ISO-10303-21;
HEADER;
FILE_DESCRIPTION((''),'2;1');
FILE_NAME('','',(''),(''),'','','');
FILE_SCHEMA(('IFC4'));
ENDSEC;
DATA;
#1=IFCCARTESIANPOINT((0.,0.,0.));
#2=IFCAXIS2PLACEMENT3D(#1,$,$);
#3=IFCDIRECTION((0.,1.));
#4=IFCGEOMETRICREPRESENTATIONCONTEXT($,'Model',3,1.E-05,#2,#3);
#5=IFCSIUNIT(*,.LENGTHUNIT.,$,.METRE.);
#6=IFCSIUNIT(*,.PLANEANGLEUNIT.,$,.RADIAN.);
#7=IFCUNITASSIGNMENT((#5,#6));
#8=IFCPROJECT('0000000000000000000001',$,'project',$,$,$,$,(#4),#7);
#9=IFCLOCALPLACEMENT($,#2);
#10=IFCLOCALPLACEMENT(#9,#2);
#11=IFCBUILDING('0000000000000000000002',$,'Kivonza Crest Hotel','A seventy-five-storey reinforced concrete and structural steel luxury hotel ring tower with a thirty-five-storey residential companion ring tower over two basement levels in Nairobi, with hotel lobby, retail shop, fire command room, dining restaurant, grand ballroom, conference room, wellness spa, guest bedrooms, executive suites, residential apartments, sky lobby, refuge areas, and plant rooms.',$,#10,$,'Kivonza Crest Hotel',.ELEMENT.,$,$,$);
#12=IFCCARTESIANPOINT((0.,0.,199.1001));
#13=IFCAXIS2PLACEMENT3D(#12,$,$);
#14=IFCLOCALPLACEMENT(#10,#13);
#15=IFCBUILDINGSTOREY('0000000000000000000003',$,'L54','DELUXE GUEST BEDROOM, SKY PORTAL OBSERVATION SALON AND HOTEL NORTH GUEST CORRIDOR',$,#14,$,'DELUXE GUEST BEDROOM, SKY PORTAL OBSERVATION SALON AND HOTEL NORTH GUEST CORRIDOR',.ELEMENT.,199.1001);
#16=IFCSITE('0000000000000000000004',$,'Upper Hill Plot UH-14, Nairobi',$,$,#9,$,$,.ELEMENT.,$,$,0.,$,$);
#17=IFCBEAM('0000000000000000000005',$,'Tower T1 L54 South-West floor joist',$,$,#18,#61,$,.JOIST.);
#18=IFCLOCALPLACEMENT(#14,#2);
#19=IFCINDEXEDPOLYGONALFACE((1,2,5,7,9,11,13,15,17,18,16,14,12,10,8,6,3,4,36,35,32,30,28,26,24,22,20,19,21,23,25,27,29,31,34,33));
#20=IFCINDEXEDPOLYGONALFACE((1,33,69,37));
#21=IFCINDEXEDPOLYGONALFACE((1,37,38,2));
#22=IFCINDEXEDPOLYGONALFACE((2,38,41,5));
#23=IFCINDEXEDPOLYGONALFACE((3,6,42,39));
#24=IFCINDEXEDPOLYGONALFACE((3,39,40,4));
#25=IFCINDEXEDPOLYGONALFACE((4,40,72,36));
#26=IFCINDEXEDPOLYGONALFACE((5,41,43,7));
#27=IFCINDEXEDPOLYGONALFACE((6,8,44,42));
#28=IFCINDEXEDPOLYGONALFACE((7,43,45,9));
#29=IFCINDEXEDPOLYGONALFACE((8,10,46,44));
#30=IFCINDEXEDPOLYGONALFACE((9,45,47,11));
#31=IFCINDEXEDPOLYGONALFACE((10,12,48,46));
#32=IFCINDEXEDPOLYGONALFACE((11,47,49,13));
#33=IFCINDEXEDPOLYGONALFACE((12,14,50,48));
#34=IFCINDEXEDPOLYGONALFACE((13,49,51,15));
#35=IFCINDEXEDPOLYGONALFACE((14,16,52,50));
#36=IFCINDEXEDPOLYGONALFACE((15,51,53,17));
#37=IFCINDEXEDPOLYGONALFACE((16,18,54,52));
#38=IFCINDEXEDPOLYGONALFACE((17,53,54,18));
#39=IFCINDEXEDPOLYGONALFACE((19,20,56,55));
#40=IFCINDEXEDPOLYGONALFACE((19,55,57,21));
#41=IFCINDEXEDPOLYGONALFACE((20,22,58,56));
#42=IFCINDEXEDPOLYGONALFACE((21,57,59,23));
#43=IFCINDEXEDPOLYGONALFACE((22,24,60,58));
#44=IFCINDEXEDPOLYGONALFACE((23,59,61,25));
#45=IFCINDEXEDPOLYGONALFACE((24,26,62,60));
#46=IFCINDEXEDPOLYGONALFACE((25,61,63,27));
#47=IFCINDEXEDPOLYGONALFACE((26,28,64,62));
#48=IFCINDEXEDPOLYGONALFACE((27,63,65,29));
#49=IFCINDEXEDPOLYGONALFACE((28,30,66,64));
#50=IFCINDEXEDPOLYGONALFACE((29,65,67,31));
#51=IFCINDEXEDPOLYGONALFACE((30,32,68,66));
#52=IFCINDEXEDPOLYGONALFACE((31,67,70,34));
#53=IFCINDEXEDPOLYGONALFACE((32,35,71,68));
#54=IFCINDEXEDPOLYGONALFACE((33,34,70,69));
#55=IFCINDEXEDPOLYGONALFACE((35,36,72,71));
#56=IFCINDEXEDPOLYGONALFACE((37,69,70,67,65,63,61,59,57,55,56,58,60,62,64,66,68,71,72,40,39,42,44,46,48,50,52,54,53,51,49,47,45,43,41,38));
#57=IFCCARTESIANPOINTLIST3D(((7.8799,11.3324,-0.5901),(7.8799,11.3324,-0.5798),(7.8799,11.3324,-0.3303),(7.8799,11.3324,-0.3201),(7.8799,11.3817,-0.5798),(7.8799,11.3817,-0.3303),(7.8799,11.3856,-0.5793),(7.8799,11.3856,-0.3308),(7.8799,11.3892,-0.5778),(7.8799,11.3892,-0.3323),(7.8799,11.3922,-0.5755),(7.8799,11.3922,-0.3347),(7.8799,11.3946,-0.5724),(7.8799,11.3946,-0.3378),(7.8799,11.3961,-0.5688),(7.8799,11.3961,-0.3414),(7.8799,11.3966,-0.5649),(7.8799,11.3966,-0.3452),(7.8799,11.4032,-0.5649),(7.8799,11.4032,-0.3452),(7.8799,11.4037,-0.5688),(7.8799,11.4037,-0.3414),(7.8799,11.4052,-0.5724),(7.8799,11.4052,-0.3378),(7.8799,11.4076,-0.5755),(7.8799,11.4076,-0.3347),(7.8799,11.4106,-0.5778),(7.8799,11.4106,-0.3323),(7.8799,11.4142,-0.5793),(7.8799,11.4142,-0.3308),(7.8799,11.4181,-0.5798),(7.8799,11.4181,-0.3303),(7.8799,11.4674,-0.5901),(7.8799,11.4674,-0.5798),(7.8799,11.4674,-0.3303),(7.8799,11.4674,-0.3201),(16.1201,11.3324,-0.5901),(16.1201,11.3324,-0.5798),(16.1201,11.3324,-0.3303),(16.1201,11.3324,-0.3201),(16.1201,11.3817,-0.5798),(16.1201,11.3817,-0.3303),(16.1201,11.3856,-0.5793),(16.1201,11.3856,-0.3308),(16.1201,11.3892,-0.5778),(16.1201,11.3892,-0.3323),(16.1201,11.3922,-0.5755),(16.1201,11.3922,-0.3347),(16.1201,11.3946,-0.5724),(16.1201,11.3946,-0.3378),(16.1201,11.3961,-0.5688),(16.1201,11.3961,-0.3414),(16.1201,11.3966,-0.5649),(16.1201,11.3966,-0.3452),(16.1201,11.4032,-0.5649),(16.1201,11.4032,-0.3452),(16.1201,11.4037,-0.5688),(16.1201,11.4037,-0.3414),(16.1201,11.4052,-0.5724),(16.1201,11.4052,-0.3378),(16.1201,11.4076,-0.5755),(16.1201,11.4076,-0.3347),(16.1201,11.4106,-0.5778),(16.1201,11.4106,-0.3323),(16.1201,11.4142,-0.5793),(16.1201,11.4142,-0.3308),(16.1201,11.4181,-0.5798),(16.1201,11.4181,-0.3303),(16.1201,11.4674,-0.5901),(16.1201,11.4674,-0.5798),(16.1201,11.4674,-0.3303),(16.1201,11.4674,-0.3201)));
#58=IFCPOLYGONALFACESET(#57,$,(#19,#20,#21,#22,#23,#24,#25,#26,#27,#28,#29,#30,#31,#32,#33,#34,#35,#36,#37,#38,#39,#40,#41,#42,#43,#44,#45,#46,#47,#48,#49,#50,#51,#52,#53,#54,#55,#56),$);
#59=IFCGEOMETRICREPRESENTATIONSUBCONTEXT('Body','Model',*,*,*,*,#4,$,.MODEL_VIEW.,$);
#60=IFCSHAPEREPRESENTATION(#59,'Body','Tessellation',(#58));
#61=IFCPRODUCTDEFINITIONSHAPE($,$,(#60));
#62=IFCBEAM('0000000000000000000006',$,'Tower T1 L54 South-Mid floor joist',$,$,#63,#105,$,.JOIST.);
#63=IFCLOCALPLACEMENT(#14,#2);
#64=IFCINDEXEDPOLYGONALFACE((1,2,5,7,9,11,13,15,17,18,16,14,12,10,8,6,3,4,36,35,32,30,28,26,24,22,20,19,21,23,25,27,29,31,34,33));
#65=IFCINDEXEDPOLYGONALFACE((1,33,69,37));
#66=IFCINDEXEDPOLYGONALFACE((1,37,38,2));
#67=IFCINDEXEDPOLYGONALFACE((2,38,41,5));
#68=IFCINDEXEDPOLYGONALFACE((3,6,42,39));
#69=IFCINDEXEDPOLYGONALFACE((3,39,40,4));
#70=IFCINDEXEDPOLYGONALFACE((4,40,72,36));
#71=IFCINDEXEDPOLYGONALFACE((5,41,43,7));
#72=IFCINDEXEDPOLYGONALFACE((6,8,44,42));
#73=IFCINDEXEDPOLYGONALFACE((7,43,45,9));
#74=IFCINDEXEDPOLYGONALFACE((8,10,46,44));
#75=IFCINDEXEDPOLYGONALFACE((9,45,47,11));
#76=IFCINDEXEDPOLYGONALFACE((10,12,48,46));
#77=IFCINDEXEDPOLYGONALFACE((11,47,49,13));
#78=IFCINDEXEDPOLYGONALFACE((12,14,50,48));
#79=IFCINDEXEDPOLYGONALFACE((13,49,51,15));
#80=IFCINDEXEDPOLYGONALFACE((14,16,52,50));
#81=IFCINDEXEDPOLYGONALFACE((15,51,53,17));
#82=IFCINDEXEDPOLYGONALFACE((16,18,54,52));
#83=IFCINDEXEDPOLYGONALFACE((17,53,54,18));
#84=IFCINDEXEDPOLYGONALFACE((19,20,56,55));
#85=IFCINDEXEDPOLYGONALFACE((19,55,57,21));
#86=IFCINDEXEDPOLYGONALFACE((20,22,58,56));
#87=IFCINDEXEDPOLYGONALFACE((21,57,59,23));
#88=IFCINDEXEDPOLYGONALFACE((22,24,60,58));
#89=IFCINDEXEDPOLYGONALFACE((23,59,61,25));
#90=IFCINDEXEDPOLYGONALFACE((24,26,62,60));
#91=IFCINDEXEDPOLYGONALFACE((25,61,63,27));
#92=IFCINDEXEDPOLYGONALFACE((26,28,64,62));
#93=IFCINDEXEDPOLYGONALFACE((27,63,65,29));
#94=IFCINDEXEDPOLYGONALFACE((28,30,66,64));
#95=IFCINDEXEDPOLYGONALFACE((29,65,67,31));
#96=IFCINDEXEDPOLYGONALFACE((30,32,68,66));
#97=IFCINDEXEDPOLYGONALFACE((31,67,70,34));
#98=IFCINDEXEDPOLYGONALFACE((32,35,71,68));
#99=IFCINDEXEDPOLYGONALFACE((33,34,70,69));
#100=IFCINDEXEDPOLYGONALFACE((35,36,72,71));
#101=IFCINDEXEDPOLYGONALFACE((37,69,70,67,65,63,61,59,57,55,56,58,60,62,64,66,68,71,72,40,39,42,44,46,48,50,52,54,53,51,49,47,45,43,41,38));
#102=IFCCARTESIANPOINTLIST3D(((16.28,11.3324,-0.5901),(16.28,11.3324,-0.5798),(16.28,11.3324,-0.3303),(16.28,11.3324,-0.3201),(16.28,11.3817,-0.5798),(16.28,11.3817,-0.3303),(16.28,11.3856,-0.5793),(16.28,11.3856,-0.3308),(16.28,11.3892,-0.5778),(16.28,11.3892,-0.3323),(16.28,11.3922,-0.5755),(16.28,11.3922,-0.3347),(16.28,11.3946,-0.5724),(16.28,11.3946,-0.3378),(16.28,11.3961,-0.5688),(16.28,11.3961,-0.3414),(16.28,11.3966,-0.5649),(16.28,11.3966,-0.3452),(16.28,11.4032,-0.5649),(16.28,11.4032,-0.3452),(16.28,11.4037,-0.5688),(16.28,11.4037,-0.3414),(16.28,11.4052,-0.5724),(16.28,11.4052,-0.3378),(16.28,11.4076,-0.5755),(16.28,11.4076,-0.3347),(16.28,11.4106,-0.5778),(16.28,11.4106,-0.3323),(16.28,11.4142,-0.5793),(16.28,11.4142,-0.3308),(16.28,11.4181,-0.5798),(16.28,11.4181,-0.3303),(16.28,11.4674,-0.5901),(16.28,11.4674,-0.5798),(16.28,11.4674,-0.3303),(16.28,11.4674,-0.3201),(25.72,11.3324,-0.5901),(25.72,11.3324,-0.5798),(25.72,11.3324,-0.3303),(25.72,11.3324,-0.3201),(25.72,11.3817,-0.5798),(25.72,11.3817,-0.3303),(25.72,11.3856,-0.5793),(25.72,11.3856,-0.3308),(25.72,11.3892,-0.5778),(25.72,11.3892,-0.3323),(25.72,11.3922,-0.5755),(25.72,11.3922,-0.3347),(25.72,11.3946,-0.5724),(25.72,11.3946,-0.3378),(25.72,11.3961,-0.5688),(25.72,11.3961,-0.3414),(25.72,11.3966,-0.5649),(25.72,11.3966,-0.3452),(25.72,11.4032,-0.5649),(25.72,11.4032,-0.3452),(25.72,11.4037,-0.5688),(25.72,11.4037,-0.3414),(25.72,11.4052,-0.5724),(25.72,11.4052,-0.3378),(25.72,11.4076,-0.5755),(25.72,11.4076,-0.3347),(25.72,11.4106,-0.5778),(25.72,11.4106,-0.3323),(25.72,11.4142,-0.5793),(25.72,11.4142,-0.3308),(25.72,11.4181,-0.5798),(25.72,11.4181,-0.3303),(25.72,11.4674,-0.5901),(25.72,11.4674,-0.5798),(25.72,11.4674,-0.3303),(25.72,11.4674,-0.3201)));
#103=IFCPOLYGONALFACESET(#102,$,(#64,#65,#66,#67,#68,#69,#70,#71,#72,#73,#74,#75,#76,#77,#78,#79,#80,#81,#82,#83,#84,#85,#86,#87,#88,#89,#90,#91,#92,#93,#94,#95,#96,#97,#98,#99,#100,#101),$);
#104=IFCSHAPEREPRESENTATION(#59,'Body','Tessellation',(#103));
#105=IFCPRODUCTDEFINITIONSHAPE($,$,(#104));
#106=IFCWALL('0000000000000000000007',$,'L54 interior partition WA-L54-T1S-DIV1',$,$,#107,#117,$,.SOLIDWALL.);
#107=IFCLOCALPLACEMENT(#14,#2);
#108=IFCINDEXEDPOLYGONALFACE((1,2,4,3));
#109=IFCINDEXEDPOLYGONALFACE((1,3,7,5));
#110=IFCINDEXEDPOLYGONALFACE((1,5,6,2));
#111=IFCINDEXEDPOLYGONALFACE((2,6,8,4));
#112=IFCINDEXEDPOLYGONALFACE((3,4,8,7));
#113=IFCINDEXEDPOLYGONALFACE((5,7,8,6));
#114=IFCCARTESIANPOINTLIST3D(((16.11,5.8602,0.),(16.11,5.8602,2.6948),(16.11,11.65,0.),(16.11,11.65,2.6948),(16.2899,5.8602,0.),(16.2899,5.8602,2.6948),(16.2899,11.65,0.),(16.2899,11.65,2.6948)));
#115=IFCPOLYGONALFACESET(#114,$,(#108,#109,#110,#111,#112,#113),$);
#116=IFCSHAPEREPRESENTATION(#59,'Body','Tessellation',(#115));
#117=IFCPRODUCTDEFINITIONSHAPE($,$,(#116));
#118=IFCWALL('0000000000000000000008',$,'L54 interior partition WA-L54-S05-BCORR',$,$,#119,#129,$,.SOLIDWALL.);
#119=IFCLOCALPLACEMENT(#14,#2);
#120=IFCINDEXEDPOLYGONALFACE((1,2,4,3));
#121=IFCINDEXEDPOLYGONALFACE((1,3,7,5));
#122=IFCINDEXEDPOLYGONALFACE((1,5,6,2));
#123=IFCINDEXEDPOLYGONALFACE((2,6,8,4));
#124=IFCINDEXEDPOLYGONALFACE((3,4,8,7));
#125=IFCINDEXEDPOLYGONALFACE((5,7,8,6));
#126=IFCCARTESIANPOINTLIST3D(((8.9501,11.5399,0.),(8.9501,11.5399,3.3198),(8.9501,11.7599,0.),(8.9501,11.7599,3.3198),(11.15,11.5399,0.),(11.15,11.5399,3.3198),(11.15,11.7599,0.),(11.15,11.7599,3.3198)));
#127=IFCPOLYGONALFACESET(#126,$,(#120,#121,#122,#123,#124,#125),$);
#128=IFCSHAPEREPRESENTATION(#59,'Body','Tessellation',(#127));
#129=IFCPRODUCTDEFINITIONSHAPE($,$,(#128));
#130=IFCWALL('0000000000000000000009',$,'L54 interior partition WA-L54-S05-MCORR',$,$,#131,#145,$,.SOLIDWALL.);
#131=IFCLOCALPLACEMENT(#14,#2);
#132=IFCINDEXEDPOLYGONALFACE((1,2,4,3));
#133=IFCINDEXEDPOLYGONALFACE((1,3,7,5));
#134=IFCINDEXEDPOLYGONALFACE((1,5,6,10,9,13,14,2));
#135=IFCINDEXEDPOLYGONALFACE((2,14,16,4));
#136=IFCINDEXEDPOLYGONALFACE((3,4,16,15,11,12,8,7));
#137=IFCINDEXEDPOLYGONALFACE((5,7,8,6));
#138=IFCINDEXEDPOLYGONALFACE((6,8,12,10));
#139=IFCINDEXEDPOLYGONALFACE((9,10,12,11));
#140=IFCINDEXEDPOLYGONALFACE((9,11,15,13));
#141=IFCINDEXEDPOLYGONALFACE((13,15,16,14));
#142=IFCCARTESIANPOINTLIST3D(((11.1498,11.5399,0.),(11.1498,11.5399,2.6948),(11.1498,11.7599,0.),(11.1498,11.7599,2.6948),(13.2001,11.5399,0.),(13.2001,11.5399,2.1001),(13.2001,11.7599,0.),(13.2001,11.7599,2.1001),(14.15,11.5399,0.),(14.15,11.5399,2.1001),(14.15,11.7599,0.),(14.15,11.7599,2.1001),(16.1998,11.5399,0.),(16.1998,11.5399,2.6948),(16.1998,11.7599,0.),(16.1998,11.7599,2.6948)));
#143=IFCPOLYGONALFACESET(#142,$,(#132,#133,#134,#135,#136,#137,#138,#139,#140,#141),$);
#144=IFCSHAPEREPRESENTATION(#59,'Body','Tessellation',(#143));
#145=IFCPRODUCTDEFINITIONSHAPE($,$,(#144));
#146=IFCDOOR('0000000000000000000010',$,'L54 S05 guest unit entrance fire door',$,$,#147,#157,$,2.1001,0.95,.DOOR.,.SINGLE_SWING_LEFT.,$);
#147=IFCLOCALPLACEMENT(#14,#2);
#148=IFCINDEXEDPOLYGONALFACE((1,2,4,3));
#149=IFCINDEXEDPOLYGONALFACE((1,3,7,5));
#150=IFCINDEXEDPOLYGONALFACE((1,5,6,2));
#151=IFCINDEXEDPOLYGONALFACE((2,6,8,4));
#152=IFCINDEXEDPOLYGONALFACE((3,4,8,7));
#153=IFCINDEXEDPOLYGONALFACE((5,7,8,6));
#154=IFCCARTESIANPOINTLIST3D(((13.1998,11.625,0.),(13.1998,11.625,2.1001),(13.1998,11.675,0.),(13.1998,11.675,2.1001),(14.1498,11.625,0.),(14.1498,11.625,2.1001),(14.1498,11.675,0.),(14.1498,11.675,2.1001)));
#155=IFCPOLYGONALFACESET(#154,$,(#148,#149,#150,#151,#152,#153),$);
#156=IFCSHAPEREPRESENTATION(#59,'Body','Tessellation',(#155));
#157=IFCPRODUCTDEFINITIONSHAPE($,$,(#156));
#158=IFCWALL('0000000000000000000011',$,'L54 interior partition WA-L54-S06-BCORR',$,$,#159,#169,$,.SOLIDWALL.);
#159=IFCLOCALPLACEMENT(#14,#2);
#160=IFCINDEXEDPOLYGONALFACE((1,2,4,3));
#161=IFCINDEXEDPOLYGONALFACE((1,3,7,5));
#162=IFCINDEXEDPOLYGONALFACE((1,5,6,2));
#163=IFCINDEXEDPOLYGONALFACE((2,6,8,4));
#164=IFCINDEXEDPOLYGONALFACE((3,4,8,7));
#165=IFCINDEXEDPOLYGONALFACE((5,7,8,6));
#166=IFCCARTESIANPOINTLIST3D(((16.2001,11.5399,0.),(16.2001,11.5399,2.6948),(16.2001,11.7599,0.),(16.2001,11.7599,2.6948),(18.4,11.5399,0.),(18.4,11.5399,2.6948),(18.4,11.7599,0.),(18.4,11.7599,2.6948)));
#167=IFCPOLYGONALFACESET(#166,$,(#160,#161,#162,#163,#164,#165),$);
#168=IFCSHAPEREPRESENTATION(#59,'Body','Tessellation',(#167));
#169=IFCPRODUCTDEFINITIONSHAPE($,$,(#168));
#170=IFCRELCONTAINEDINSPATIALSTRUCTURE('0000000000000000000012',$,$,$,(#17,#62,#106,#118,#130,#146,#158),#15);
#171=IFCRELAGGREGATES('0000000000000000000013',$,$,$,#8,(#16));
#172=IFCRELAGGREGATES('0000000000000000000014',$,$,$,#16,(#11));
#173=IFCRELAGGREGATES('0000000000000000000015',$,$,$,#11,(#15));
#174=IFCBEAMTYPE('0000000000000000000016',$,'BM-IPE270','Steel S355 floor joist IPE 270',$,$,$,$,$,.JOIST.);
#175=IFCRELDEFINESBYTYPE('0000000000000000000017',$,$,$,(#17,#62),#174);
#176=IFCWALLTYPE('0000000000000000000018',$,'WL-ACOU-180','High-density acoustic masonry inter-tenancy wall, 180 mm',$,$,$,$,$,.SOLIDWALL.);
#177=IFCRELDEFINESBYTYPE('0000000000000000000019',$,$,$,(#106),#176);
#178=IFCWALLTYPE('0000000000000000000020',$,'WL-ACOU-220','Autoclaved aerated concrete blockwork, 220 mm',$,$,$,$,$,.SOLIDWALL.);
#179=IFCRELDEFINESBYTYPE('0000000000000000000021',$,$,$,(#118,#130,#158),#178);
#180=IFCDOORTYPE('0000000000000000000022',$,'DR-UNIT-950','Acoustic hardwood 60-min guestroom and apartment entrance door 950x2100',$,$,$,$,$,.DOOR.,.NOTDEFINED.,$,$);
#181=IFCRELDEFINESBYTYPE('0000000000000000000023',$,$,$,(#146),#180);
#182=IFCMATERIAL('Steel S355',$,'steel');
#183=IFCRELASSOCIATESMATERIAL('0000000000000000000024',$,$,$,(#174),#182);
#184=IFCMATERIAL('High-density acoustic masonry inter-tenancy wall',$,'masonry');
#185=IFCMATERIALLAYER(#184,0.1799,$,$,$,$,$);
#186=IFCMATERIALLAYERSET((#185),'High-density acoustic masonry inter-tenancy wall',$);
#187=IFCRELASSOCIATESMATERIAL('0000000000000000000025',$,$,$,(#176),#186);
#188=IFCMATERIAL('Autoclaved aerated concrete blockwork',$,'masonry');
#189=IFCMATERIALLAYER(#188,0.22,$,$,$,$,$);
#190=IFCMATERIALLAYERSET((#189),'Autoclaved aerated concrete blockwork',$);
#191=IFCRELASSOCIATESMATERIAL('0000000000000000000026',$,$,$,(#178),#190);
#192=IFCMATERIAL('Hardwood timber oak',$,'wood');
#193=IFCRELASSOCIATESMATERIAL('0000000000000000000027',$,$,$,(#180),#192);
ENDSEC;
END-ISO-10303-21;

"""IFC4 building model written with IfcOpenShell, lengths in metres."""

from ifc_helpers import new_model, si_unit, direction, frame, frame_2d, origin, origin_2d, place, context, subcontext, project, spatial, rectangle, i_section, extrude, material, layer, layer_set, material_profile, profile_set, type_object, element, fill, save


model = new_model("IFC4")

# Units and contexts
model_context = context("Model", 3, precision=1e-05, world=origin(), true_north=direction((0.0, 1.0)))
body_context = subcontext(model_context, "Body", "Model", "MODEL_VIEW")
ifc_project = project(units=[si_unit("LENGTHUNIT", "METRE"), si_unit("PLANEANGLEUNIT", "RADIAN")], contexts=[model_context])

# Site, building, storey
site_placement = place(None, origin())
site = spatial("IfcSite", under=ifc_project, at=site_placement, Name="Upper Hill Plot UH-14, Nairobi", CompositionType="ELEMENT", RefElevation=0.0)
building_placement = place(site_placement, origin())
building = spatial("IfcBuilding", under=site, at=building_placement, Name="Kivonza Crest Hotel", Description="A seventy-five-storey reinforced concrete and structural steel luxury hotel ring tower with a thirty-five-storey residential companion ring tower over two basement levels in Nairobi, with hotel lobby, retail shop, fire command room, dining restaurant, grand ballroom, conference room, wellness spa, guest bedrooms, executive suites, residential apartments, sky lobby, refuge areas, and plant rooms.", LongName="Kivonza Crest Hotel", CompositionType="ELEMENT")
storey_placement = place(building_placement, frame((0.0, 0.0, 199.1001)))
storey = spatial("IfcBuildingStorey", under=building, at=storey_placement, Name="L54", Description="DELUXE GUEST BEDROOM, SKY PORTAL OBSERVATION SALON AND HOTEL NORTH GUEST CORRIDOR", LongName="DELUXE GUEST BEDROOM, SKY PORTAL OBSERVATION SALON AND HOTEL NORTH GUEST CORRIDOR", CompositionType="ELEMENT", Elevation=199.1001)

# Beams
ifc_material_1 = material(Name="Steel S355", Category="steel")
ifc_material_profile_1 = material_profile(ifc_material_1, i_section(OverallWidth=0.135, OverallDepth=0.27, WebThickness=0.0066, FlangeThickness=0.0103, FilletRadius=0.0149, at=origin_2d()), Name="IPE 270")
ifc_profile_set_1 = profile_set([ifc_material_profile_1], Name="Steel S355")
beam_type_1 = type_object("IfcBeamType", Name="BM-IPE270", Description="Steel S355 floor joist IPE 270", PredefinedType="JOIST", material=ifc_profile_set_1)
beam_1_placement = place(storey_placement, frame((7.8799, 11.3999, -0.4551), z_axis=(1.0, 0.0, 0.0), x_axis=(0.0, 1.0, 0.0)))
element("IfcBeam", 1, at=beam_1_placement, inside=storey, type_object=beam_type_1, Name="Tower T1 L54 South-West floor joist", PredefinedType="JOIST", context=body_context, shape_type="SweptSolid", body=[
    extrude(i_section(OverallWidth=0.135, OverallDepth=0.27, WebThickness=0.0066, FlangeThickness=0.0103, FilletRadius=0.0149, at=origin_2d()), origin(), (0.0, 0.0, 1.0), 8.2402),
])
beam_2_placement = place(storey_placement, frame((16.28, 11.3999, -0.4551), z_axis=(1.0, 0.0, 0.0), x_axis=(0.0, 1.0, 0.0)))
element("IfcBeam", 2, at=beam_2_placement, inside=storey, type_object=beam_type_1, Name="Tower T1 L54 South-Mid floor joist", PredefinedType="JOIST", context=body_context, shape_type="SweptSolid", body=[
    extrude(i_section(OverallWidth=0.135, OverallDepth=0.27, WebThickness=0.0066, FlangeThickness=0.0103, FilletRadius=0.0149, at=origin_2d()), origin(), (0.0, 0.0, 1.0), 9.4399),
])

# Walls
ifc_material_2 = material(Name="High-density acoustic masonry inter-tenancy wall", Category="masonry")
ifc_layer_1 = layer(ifc_material_2, 0.1799)
ifc_layer_set_1 = layer_set([ifc_layer_1], Name="High-density acoustic masonry inter-tenancy wall")
wall_type_1 = type_object("IfcWallType", Name="WL-ACOU-180", Description="High-density acoustic masonry inter-tenancy wall, 180 mm", PredefinedType="SOLIDWALL", material=ifc_layer_set_1)
wall_1_placement = place(storey_placement, frame((16.2, 5.8601, 0.0), z_axis=(0.0, 0.0, 1.0), x_axis=(0.0, 1.0, 0.0)))
element("IfcWall", 3, at=wall_1_placement, inside=storey, type_object=wall_type_1, Name="L54 interior partition WA-L54-T1S-DIV1", PredefinedType="SOLIDWALL", context=body_context, shape_type="SweptSolid", body=[
    extrude(rectangle(XDim=5.7898, YDim=0.1799, at=frame_2d((2.895, 0.0))), origin(), (0.0, 0.0, 1.0), 2.6948),
])
ifc_material_3 = material(Name="Autoclaved aerated concrete blockwork", Category="masonry")
ifc_layer_2 = layer(ifc_material_3, 0.22)
ifc_layer_set_2 = layer_set([ifc_layer_2], Name="Autoclaved aerated concrete blockwork")
wall_type_2 = type_object("IfcWallType", Name="WL-ACOU-220", Description="Autoclaved aerated concrete blockwork, 220 mm", PredefinedType="SOLIDWALL", material=ifc_layer_set_2)
wall_2_placement = place(storey_placement, frame((8.95, 11.6499, 0.0), z_axis=(0.0, 0.0, 1.0), x_axis=(1.0, 0.0, 0.0)))
element("IfcWall", 4, at=wall_2_placement, inside=storey, type_object=wall_type_2, Name="L54 interior partition WA-L54-S05-BCORR", PredefinedType="SOLIDWALL", context=body_context, shape_type="SweptSolid", body=[
    extrude(rectangle(XDim=2.2, YDim=0.22, at=frame_2d((1.1001, 0.0))), origin(), (0.0, 0.0, 1.0), 3.3198),
])

# Wall, opening, door
wall_3_placement = place(storey_placement, frame((11.1499, 11.6499, 0.0), z_axis=(0.0, 0.0, 1.0), x_axis=(1.0, 0.0, 0.0)))
wall_3 = element("IfcWall", 5, at=wall_3_placement, inside=storey, type_object=wall_type_2, Name="L54 interior partition WA-L54-S05-MCORR", PredefinedType="SOLIDWALL", context=body_context, shape_type="SweptSolid", body=[
    extrude(rectangle(XDim=5.05, YDim=0.22, at=frame_2d((2.5249, 0.0))), origin(), (0.0, 0.0, 1.0), 2.6948),
])
opening_1_placement = place(wall_3_placement, frame((2.05, 0.0, 0.0)))
opening_1 = element("IfcOpeningElement", 6, at=opening_1_placement, cuts=wall_3, PredefinedType="OPENING", context=body_context, shape_type="SweptSolid", body=[
    extrude(rectangle(XDim=0.95, YDim=2.1001, at=frame_2d((0.4751, 1.05))), frame((0.0, 0.1201, 0.0), z_axis=(0.0, -1.0, 0.0), x_axis=(1.0, 0.0, 0.0)), (0.0, 0.0, 1.0), 0.24),
])
ifc_material_4 = material(Name="Hardwood timber oak", Category="wood")
door_type_1 = type_object("IfcDoorType", Name="DR-UNIT-950", Description="Acoustic hardwood 60-min guestroom and apartment entrance door 950x2100", OperationType="NOTDEFINED", PredefinedType="DOOR", material=ifc_material_4)
door_1_placement = place(opening_1_placement, frame((0.95, 0.0, 0.0), z_axis=(0.0, 0.0, 1.0), x_axis=(-1.0, 0.0, 0.0)))
door_1 = element("IfcDoor", 7, at=door_1_placement, inside=storey, type_object=door_type_1, Name="L54 S05 guest unit entrance fire door", OperationType="SINGLE_SWING_LEFT", OverallHeight=2.1001, OverallWidth=0.95, PredefinedType="DOOR", context=body_context, shape_type="SweptSolid", body=[
    extrude(rectangle(XDim=0.95, YDim=2.1001, at=frame_2d((0.4751, 1.05))), frame((0.0, 0.0249, 0.0), z_axis=(0.0, -1.0, 0.0), x_axis=(1.0, 0.0, 0.0)), (0.0, 0.0, 1.0), 0.05),
])
fill(opening_1, door_1)

# Wall
wall_4_placement = place(storey_placement, frame((16.2, 11.6499, 0.0), z_axis=(0.0, 0.0, 1.0), x_axis=(1.0, 0.0, 0.0)))
element("IfcWall", 8, at=wall_4_placement, inside=storey, type_object=wall_type_2, Name="L54 interior partition WA-L54-S06-BCORR", PredefinedType="SOLIDWALL", context=body_context, shape_type="SweptSolid", body=[
    extrude(rectangle(XDim=2.2, YDim=0.22, at=frame_2d((1.1001, 0.0))), origin(), (0.0, 0.0, 1.0), 2.6948),
])

save(model, "model.ifc")
